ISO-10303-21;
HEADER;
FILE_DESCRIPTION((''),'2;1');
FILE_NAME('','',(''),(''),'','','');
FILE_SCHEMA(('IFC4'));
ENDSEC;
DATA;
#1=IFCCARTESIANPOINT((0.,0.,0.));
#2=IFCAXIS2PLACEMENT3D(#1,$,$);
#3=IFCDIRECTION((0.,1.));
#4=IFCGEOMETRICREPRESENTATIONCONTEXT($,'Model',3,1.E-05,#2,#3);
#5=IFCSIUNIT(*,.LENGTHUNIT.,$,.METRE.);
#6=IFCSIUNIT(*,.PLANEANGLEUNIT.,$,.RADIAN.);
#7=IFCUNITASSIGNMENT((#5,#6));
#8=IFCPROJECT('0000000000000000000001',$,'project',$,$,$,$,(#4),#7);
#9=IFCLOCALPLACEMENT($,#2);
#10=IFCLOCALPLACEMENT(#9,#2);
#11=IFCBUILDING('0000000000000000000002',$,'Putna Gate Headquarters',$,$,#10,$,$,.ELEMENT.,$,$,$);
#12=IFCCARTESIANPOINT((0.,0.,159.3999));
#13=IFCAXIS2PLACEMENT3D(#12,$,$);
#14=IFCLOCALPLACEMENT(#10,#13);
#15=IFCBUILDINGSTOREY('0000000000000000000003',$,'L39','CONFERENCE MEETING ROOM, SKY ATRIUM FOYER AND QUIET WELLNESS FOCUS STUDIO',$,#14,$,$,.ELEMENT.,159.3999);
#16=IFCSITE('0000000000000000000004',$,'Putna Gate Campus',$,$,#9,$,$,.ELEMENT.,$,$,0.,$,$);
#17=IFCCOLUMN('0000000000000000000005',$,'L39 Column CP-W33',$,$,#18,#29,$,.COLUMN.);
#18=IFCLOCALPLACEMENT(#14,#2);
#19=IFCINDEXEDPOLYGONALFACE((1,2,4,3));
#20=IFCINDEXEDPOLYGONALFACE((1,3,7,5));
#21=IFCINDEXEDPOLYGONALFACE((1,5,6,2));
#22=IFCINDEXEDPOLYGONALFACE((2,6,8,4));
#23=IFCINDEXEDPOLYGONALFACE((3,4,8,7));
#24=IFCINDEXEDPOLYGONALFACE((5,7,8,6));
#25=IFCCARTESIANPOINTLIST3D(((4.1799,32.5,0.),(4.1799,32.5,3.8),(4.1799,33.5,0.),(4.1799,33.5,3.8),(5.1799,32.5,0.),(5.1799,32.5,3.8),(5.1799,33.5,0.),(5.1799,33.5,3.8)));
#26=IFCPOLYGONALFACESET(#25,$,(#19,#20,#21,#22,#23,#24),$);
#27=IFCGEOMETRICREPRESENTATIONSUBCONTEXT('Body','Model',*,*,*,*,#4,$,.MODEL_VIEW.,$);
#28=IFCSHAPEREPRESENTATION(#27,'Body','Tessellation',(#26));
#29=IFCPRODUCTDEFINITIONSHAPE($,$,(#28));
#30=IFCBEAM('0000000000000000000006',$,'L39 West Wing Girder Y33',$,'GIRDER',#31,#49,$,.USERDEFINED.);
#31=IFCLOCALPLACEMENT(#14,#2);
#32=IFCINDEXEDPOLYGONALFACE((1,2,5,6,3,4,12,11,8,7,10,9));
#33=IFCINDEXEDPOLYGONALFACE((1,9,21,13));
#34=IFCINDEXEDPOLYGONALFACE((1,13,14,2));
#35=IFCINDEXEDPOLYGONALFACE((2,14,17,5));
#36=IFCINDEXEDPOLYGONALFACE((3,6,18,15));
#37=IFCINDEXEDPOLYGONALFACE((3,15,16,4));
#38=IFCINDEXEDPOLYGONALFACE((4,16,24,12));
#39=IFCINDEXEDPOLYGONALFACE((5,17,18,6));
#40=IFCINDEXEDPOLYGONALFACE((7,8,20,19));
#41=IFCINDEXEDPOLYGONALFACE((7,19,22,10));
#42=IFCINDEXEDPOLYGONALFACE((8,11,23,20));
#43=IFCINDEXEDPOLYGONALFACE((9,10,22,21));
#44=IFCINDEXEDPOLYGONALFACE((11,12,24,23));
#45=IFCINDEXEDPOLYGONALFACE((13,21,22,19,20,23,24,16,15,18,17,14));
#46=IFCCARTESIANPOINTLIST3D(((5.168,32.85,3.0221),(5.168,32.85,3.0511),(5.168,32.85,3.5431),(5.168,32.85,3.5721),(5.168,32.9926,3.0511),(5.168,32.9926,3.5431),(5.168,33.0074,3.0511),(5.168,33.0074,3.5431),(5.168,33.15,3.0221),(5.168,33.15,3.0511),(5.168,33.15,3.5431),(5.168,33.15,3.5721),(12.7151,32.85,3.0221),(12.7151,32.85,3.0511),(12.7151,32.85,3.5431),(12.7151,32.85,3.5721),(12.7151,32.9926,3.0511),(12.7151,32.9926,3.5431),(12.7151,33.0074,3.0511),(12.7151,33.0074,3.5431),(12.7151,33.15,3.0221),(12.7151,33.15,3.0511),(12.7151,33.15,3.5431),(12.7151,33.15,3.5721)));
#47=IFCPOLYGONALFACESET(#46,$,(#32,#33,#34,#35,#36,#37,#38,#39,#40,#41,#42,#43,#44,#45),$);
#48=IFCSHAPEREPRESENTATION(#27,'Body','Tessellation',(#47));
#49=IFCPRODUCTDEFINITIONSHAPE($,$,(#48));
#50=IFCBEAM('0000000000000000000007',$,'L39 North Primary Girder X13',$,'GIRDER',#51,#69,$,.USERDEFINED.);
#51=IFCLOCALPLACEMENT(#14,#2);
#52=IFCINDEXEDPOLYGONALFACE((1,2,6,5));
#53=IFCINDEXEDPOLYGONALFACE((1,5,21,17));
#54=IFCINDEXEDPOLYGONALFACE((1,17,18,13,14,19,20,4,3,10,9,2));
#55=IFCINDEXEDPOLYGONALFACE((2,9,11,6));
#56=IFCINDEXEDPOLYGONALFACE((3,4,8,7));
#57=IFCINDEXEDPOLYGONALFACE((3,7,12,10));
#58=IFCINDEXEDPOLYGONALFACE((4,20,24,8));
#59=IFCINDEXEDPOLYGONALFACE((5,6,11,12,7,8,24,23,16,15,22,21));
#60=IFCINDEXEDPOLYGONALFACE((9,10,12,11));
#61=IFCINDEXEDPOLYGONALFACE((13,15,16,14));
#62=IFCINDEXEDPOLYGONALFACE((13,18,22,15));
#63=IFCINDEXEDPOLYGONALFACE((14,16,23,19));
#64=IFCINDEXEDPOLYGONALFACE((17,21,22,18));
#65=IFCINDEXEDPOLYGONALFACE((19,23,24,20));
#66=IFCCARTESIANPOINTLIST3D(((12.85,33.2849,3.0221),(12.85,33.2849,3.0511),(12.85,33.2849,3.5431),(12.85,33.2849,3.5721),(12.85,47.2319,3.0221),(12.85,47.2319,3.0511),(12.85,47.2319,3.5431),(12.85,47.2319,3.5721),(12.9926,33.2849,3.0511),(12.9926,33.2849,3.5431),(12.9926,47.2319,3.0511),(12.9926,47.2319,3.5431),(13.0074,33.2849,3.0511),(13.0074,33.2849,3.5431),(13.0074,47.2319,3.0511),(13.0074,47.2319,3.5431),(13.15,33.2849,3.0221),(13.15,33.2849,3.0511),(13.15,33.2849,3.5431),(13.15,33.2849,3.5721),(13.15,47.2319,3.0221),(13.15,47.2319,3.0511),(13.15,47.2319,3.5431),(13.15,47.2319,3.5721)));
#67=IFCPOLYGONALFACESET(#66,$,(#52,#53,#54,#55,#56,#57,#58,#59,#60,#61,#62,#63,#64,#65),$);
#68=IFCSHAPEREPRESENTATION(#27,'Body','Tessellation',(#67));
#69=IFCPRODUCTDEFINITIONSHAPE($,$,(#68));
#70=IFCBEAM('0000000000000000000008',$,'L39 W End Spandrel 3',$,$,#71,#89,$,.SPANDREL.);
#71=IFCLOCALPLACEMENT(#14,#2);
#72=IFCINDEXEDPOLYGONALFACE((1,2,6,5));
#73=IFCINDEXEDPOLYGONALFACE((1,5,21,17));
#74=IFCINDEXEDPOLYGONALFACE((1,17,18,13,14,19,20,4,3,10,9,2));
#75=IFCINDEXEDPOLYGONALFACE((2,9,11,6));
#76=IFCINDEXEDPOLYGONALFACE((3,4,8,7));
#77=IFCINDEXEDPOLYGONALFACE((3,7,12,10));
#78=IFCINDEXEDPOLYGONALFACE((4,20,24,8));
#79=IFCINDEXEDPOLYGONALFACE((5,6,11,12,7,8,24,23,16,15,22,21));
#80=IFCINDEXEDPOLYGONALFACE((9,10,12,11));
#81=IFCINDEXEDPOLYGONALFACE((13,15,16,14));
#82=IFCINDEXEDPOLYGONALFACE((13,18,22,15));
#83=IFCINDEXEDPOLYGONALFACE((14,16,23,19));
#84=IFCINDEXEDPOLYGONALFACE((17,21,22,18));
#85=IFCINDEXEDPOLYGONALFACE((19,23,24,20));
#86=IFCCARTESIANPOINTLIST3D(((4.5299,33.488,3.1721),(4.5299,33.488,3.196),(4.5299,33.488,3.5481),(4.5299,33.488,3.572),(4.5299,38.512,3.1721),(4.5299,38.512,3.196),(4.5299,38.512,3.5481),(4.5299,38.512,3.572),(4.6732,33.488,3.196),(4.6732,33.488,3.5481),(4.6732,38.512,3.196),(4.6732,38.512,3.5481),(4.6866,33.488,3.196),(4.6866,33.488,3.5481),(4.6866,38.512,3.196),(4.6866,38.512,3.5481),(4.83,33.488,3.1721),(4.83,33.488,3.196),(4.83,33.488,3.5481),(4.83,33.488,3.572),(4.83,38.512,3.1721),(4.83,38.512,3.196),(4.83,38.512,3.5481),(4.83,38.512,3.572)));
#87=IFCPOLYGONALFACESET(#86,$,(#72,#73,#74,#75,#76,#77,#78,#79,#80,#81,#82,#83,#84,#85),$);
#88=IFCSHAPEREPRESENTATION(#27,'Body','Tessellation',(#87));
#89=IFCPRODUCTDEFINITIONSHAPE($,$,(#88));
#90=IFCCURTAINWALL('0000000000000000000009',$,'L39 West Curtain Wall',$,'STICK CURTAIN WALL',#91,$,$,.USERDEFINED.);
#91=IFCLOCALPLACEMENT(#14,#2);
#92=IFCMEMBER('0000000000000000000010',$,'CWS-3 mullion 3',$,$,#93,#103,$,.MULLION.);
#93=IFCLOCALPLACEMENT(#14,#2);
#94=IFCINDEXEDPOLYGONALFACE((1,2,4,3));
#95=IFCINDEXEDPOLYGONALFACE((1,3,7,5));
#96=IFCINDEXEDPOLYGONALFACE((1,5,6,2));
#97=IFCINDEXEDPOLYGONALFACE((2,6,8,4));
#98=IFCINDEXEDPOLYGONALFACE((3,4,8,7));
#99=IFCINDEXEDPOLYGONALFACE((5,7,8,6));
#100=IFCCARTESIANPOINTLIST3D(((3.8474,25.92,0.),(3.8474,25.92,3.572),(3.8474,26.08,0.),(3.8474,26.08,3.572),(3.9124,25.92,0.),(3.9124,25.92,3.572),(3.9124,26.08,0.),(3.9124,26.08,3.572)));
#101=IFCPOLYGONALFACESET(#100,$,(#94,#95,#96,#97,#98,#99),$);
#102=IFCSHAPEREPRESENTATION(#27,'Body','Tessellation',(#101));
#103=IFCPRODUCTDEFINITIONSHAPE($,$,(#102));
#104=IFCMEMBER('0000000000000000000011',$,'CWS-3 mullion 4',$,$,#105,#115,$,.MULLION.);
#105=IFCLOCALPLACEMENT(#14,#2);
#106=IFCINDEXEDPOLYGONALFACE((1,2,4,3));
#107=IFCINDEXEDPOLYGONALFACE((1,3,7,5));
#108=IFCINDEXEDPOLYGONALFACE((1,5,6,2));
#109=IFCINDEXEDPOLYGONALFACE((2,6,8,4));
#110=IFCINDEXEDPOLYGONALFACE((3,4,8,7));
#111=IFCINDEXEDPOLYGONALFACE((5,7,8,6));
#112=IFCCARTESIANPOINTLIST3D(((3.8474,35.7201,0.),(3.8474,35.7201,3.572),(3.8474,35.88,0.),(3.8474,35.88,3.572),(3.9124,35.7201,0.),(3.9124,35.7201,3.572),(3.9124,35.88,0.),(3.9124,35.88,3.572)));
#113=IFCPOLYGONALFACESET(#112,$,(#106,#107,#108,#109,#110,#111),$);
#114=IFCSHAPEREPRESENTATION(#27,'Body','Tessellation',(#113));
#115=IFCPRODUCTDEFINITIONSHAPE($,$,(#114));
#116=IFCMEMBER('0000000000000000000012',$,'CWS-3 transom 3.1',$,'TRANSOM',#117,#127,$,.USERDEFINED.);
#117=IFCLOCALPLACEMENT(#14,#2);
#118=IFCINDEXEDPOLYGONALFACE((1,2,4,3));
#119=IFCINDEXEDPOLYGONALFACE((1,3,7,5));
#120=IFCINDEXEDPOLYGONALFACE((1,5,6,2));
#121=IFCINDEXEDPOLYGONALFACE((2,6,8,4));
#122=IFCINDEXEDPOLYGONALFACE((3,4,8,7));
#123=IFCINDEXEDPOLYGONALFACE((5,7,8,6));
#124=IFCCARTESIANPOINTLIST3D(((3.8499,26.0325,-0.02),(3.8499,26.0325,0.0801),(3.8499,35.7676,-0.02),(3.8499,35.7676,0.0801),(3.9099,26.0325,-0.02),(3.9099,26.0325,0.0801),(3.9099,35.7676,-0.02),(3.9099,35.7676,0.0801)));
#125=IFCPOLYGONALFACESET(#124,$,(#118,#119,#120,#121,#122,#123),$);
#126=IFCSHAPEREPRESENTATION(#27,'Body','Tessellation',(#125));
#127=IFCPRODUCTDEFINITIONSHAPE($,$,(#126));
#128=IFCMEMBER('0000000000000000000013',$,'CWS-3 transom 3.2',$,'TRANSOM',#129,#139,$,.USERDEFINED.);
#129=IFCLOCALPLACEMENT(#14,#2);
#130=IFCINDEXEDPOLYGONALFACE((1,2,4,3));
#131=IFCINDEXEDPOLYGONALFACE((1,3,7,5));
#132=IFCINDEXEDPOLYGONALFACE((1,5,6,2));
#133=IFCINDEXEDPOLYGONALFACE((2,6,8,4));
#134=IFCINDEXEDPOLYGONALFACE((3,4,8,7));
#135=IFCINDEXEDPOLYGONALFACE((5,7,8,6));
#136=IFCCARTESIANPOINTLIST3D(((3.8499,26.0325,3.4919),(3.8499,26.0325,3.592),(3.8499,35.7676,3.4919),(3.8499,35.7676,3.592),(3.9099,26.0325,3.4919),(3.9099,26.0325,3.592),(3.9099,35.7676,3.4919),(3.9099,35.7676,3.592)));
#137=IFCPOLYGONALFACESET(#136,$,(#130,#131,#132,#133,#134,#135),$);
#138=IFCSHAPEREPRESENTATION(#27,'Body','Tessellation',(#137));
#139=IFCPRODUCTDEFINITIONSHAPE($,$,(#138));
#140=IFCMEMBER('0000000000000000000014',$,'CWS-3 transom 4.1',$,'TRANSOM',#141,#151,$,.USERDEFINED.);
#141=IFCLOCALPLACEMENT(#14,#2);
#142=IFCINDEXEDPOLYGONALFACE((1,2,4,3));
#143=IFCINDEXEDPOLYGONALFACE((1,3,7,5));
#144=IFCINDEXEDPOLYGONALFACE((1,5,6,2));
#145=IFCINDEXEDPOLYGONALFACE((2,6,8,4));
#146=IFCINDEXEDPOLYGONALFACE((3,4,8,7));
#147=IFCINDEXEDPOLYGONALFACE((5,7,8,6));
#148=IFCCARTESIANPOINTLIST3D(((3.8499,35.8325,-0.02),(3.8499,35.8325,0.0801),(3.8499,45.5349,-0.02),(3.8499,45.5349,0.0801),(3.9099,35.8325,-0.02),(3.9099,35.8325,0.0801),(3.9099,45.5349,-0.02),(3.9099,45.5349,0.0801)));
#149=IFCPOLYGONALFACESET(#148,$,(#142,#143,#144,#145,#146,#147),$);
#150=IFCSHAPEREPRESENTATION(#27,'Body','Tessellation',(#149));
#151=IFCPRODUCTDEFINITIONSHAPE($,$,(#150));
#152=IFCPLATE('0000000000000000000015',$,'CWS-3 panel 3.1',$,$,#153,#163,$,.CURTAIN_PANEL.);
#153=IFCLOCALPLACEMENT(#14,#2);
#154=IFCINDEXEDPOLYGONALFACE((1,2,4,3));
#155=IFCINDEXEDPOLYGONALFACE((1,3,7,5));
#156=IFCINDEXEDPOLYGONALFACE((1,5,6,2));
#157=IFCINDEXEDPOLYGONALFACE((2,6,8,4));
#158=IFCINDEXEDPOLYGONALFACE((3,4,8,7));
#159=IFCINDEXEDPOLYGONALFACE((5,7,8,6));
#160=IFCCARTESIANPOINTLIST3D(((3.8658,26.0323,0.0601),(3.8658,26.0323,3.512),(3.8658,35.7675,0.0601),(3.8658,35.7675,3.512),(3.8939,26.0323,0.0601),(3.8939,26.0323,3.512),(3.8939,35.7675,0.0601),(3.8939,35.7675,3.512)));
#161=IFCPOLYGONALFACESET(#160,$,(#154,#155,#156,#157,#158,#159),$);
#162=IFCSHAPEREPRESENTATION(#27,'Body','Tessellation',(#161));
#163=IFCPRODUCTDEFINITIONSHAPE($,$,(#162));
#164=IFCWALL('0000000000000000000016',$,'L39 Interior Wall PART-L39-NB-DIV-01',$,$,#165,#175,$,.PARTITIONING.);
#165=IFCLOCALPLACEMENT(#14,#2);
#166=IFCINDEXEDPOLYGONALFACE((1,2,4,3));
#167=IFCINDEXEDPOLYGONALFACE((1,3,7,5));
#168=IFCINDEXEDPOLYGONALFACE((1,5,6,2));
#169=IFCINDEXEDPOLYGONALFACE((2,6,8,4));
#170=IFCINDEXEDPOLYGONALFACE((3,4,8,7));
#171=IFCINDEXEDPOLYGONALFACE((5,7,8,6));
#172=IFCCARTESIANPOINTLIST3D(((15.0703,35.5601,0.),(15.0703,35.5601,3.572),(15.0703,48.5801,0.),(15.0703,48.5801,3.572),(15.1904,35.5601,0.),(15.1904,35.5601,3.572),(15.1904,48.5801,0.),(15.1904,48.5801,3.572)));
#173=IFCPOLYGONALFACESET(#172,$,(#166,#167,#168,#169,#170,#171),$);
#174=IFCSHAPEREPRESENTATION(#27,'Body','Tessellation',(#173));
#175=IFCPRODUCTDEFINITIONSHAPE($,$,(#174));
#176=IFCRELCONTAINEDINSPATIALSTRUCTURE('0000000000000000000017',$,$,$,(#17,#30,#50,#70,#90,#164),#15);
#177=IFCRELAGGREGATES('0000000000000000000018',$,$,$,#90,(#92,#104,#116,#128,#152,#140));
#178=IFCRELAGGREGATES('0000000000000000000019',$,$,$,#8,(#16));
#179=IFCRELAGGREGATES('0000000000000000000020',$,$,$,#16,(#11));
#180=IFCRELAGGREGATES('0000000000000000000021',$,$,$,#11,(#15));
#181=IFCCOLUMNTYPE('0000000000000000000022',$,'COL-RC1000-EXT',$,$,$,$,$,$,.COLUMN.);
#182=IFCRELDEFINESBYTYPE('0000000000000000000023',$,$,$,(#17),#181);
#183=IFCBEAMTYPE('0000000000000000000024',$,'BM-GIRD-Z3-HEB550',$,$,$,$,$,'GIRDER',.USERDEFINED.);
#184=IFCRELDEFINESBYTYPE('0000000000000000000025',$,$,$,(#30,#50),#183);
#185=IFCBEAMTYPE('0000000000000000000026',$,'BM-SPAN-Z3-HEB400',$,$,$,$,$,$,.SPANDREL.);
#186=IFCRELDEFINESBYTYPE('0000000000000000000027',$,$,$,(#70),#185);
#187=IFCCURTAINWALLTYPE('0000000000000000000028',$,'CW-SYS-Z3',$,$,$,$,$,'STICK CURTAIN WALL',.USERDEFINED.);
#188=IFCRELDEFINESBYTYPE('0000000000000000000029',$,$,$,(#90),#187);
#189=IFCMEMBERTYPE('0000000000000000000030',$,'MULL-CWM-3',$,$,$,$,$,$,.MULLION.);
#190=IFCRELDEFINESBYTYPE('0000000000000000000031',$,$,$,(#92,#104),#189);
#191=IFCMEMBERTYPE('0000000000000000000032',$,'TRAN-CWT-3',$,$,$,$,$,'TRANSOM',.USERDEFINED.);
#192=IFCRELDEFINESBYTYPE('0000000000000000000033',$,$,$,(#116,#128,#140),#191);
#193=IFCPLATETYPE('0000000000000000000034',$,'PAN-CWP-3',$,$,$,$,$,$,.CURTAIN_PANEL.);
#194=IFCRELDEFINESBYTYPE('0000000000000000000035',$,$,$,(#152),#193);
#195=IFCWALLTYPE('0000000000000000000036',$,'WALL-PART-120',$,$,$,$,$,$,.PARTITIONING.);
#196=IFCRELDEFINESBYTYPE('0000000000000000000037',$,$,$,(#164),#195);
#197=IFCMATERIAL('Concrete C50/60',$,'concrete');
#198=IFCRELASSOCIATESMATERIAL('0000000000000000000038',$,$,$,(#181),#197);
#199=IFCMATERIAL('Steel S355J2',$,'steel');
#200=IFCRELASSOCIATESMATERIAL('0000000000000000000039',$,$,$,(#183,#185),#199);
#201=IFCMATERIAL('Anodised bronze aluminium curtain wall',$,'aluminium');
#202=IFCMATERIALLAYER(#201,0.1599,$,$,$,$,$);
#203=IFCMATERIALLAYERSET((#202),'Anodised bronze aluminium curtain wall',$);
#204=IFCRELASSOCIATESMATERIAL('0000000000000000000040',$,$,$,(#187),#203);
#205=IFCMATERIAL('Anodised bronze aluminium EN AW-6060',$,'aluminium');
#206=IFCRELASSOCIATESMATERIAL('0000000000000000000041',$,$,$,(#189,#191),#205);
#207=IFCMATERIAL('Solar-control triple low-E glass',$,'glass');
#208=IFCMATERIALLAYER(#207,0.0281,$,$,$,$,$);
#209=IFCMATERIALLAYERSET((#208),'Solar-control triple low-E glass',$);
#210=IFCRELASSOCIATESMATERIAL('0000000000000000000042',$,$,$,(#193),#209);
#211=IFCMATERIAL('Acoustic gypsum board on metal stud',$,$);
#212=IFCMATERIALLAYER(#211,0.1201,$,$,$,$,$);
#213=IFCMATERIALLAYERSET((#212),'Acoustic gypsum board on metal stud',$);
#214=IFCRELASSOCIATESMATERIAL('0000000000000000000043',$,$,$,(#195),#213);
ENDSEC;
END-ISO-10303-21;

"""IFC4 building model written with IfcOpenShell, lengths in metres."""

from ifc_helpers import new_model, si_unit, direction, frame, frame_2d, origin, origin_2d, place, context, subcontext, project, spatial, rectangle, i_section, extrude, material, layer, layer_set, material_profile, profile_set, type_object, element, aggregate, save


model = new_model("IFC4")

# Units and contexts
model_context = context("Model", 3, precision=1e-05, world=origin(), true_north=direction((0.0, 1.0)))
body_context = subcontext(model_context, "Body", "Model", "MODEL_VIEW")
ifc_project = project(units=[si_unit("LENGTHUNIT", "METRE"), si_unit("PLANEANGLEUNIT", "RADIAN")], contexts=[model_context])

# Site, building, storey
site_placement = place(None, origin())
site = spatial("IfcSite", under=ifc_project, at=site_placement, Name="Putna Gate Campus", CompositionType="ELEMENT", RefElevation=0.0)
building_placement = place(site_placement, origin())
building = spatial("IfcBuilding", under=site, at=building_placement, Name="Putna Gate Headquarters", CompositionType="ELEMENT")
storey_placement = place(building_placement, frame((0.0, 0.0, 159.3999)))
storey = spatial("IfcBuildingStorey", under=building, at=storey_placement, Name="L39", Description="CONFERENCE MEETING ROOM, SKY ATRIUM FOYER AND QUIET WELLNESS FOCUS STUDIO", CompositionType="ELEMENT", Elevation=159.3999)

# Column
ifc_material_1 = material(Name="Concrete C50/60", Category="concrete")
ifc_material_profile_1 = material_profile(ifc_material_1, rectangle(XDim=1.0, YDim=1.0, at=origin_2d()), Name="Concrete C50/60")
ifc_profile_set_1 = profile_set([ifc_material_profile_1], Name="Concrete C50/60")
column_type = type_object("IfcColumnType", Name="COL-RC1000-EXT", PredefinedType="COLUMN", material=ifc_profile_set_1)
column_placement = place(storey_placement, frame((4.6799, 33.0, 0.0), z_axis=(0.0, 0.0, 1.0), x_axis=(1.0, 0.0, 0.0)))
element("IfcColumn", 1, at=column_placement, inside=storey, type_object=column_type, Name="L39 Column CP-W33", PredefinedType="COLUMN", context=body_context, shape_type="SweptSolid", body=[
    extrude(rectangle(XDim=1.0, YDim=1.0, at=origin_2d()), origin(), (0.0, 0.0, 1.0), 3.8),
])

# Beams
ifc_material_2 = material(Name="Steel S355J2", Category="steel")
ifc_material_profile_2 = material_profile(ifc_material_2, i_section(OverallWidth=0.3, OverallDepth=0.55, WebThickness=0.0149, FlangeThickness=0.0291, at=origin_2d()), Name="Steel S355J2")
ifc_profile_set_2 = profile_set([ifc_material_profile_2], Name="Steel S355J2")
beam_type_1 = type_object("IfcBeamType", Name="BM-GIRD-Z3-HEB550", ElementType="GIRDER", PredefinedType="USERDEFINED", material=ifc_profile_set_2)
beam_1_placement = place(storey_placement, frame((5.168, 33.0, 3.2971), z_axis=(1.0, 0.0, 0.0), x_axis=(0.0, 1.0, 0.0)))
element("IfcBeam", 2, at=beam_1_placement, inside=storey, type_object=beam_type_1, Name="L39 West Wing Girder Y33", ObjectType="GIRDER", PredefinedType="USERDEFINED", context=body_context, shape_type="SweptSolid", body=[
    extrude(i_section(OverallWidth=0.3, OverallDepth=0.55, WebThickness=0.0149, FlangeThickness=0.0291, at=origin_2d()), origin(), (0.0, 0.0, 1.0), 7.5471),
])
beam_2_placement = place(storey_placement, frame((13.0, 33.2849, 3.2971), z_axis=(0.0, 1.0, 0.0), x_axis=(-1.0, 0.0, 0.0)))
element("IfcBeam", 3, at=beam_2_placement, inside=storey, type_object=beam_type_1, Name="L39 North Primary Girder X13", ObjectType="GIRDER", PredefinedType="USERDEFINED", context=body_context, shape_type="SweptSolid", body=[
    extrude(i_section(OverallWidth=0.3, OverallDepth=0.55, WebThickness=0.0149, FlangeThickness=0.0291, at=origin_2d()), origin(), (0.0, 0.0, 1.0), 13.947),
])
ifc_material_profile_3 = material_profile(ifc_material_2, i_section(OverallWidth=0.3, OverallDepth=0.3999, WebThickness=0.0134, FlangeThickness=0.0239, at=origin_2d()), Name="Steel S355J2")
ifc_profile_set_3 = profile_set([ifc_material_profile_3], Name="Steel S355J2")
beam_type_2 = type_object("IfcBeamType", Name="BM-SPAN-Z3-HEB400", PredefinedType="SPANDREL", material=ifc_profile_set_3)
beam_3_placement = place(storey_placement, frame((4.6799, 33.488, 3.3721), z_axis=(0.0, 1.0, 0.0), x_axis=(-1.0, 0.0, 0.0)))
element("IfcBeam", 4, at=beam_3_placement, inside=storey, type_object=beam_type_2, Name="L39 W End Spandrel 3", PredefinedType="SPANDREL", context=body_context, shape_type="SweptSolid", body=[
    extrude(i_section(OverallWidth=0.3, OverallDepth=0.3999, WebThickness=0.0134, FlangeThickness=0.0239, at=origin_2d()), origin(), (0.0, 0.0, 1.0), 5.0239),
])

# Curtain wall, members, plate
ifc_material_3 = material(Name="Anodised bronze aluminium curtain wall", Category="aluminium")
ifc_layer_1 = layer(ifc_material_3, 0.1599)
ifc_layer_set_1 = layer_set([ifc_layer_1], Name="Anodised bronze aluminium curtain wall")
curtain_wall_type = type_object("IfcCurtainWallType", Name="CW-SYS-Z3", ElementType="STICK CURTAIN WALL", PredefinedType="USERDEFINED", material=ifc_layer_set_1)
curtain_wall_placement = place(storey_placement, origin())
curtain_wall = element("IfcCurtainWall", 5, at=curtain_wall_placement, inside=storey, type_object=curtain_wall_type, Name="L39 West Curtain Wall", ObjectType="STICK CURTAIN WALL", PredefinedType="USERDEFINED")
ifc_material_4 = material(Name="Anodised bronze aluminium EN AW-6060", Category="aluminium")
ifc_material_profile_4 = material_profile(ifc_material_4, rectangle(XDim=0.0649, YDim=0.1599, at=origin_2d()), Name="Anodised bronze aluminium EN AW-6060")
ifc_profile_set_4 = profile_set([ifc_material_profile_4], Name="Anodised bronze aluminium EN AW-6060")
member_type_1 = type_object("IfcMemberType", Name="MULL-CWM-3", PredefinedType="MULLION", material=ifc_profile_set_4)
member_1_placement = place(storey_placement, frame((3.8799, 26.0, 0.0), z_axis=(0.0, 0.0, 1.0), x_axis=(-1.0, 0.0, 0.0)))
member_1 = element("IfcMember", 6, at=member_1_placement, type_object=member_type_1, Name="CWS-3 mullion 3", PredefinedType="MULLION", context=body_context, shape_type="SweptSolid", body=[
    extrude(rectangle(XDim=0.0649, YDim=0.1599, at=origin_2d()), origin(), (0.0, 0.0, 1.0), 3.572),
])
member_2_placement = place(storey_placement, frame((3.8799, 35.8, 0.0), z_axis=(0.0, 0.0, 1.0), x_axis=(-1.0, 0.0, 0.0)))
member_2 = element("IfcMember", 7, at=member_2_placement, type_object=member_type_1, Name="CWS-3 mullion 4", PredefinedType="MULLION", context=body_context, shape_type="SweptSolid", body=[
    extrude(rectangle(XDim=0.0649, YDim=0.1599, at=origin_2d()), origin(), (0.0, 0.0, 1.0), 3.572),
])
ifc_material_profile_5 = material_profile(ifc_material_4, rectangle(XDim=0.0601, YDim=0.1001, at=origin_2d()), Name="Anodised bronze aluminium EN AW-6060")
ifc_profile_set_5 = profile_set([ifc_material_profile_5], Name="Anodised bronze aluminium EN AW-6060")
member_type_2 = type_object("IfcMemberType", Name="TRAN-CWT-3", ElementType="TRANSOM", PredefinedType="USERDEFINED", material=ifc_profile_set_5)
member_3_placement = place(storey_placement, frame((3.8799, 26.0325, 0.03), z_axis=(0.0, 1.0, 0.0), x_axis=(-1.0, 0.0, 0.0)))
member_3 = element("IfcMember", 8, at=member_3_placement, type_object=member_type_2, Name="CWS-3 transom 3.1", ObjectType="TRANSOM", PredefinedType="USERDEFINED", context=body_context, shape_type="SweptSolid", body=[
    extrude(rectangle(XDim=0.0601, YDim=0.1001, at=origin_2d()), origin(), (0.0, 0.0, 1.0), 9.7351),
])
member_4_placement = place(storey_placement, frame((3.8799, 26.0325, 3.542), z_axis=(0.0, 1.0, 0.0), x_axis=(-1.0, 0.0, 0.0)))
member_4 = element("IfcMember", 9, at=member_4_placement, type_object=member_type_2, Name="CWS-3 transom 3.2", ObjectType="TRANSOM", PredefinedType="USERDEFINED", context=body_context, shape_type="SweptSolid", body=[
    extrude(rectangle(XDim=0.0601, YDim=0.1001, at=origin_2d()), origin(), (0.0, 0.0, 1.0), 9.7351),
])
member_5_placement = place(storey_placement, frame((3.8799, 35.8325, 0.03), z_axis=(0.0, 1.0, 0.0), x_axis=(-1.0, 0.0, 0.0)))
member_5 = element("IfcMember", 10, at=member_5_placement, type_object=member_type_2, Name="CWS-3 transom 4.1", ObjectType="TRANSOM", PredefinedType="USERDEFINED", context=body_context, shape_type="SweptSolid", body=[
    extrude(rectangle(XDim=0.0601, YDim=0.1001, at=origin_2d()), origin(), (0.0, 0.0, 1.0), 9.7024),
])
ifc_material_5 = material(Name="Solar-control triple low-E glass", Category="glass")
ifc_layer_2 = layer(ifc_material_5, 0.0281)
ifc_layer_set_2 = layer_set([ifc_layer_2], Name="Solar-control triple low-E glass")
plate_type = type_object("IfcPlateType", Name="PAN-CWP-3", PredefinedType="CURTAIN_PANEL", material=ifc_layer_set_2)
plate_placement = place(storey_placement, frame((3.8799, 30.8999, 0.0601), z_axis=(0.0, 0.0, 1.0), x_axis=(0.0, 1.0, 0.0)))
plate = element("IfcPlate", 11, at=plate_placement, type_object=plate_type, Name="CWS-3 panel 3.1", PredefinedType="CURTAIN_PANEL", context=body_context, shape_type="SweptSolid", body=[
    extrude(rectangle(XDim=9.7351, YDim=0.0281, at=origin_2d()), origin(), (0.0, 0.0, 1.0), 3.4519),
])
aggregate(curtain_wall, [member_1, member_2, member_3, member_4, plate, member_5])

# Wall
ifc_material_6 = material(Name="Acoustic gypsum board on metal stud")
ifc_layer_3 = layer(ifc_material_6, 0.1201)
ifc_layer_set_3 = layer_set([ifc_layer_3], Name="Acoustic gypsum board on metal stud")
wall_type_1 = type_object("IfcWallType", Name="WALL-PART-120", PredefinedType="PARTITIONING", material=ifc_layer_set_3)
wall_1_placement = place(storey_placement, frame((15.1304, 35.5601, 0.0), z_axis=(0.0, 0.0, 1.0), x_axis=(0.0, 1.0, 0.0)))
element("IfcWall", 12, at=wall_1_placement, inside=storey, type_object=wall_type_1, Name="L39 Interior Wall PART-L39-NB-DIV-01", PredefinedType="PARTITIONING", context=body_context, shape_type="SweptSolid", body=[
    extrude(rectangle(XDim=13.02, YDim=0.1201, at=frame_2d((6.51, 0.0))), origin(), (0.0, 0.0, 1.0), 3.572),
])

save(model, "model.ifc")
